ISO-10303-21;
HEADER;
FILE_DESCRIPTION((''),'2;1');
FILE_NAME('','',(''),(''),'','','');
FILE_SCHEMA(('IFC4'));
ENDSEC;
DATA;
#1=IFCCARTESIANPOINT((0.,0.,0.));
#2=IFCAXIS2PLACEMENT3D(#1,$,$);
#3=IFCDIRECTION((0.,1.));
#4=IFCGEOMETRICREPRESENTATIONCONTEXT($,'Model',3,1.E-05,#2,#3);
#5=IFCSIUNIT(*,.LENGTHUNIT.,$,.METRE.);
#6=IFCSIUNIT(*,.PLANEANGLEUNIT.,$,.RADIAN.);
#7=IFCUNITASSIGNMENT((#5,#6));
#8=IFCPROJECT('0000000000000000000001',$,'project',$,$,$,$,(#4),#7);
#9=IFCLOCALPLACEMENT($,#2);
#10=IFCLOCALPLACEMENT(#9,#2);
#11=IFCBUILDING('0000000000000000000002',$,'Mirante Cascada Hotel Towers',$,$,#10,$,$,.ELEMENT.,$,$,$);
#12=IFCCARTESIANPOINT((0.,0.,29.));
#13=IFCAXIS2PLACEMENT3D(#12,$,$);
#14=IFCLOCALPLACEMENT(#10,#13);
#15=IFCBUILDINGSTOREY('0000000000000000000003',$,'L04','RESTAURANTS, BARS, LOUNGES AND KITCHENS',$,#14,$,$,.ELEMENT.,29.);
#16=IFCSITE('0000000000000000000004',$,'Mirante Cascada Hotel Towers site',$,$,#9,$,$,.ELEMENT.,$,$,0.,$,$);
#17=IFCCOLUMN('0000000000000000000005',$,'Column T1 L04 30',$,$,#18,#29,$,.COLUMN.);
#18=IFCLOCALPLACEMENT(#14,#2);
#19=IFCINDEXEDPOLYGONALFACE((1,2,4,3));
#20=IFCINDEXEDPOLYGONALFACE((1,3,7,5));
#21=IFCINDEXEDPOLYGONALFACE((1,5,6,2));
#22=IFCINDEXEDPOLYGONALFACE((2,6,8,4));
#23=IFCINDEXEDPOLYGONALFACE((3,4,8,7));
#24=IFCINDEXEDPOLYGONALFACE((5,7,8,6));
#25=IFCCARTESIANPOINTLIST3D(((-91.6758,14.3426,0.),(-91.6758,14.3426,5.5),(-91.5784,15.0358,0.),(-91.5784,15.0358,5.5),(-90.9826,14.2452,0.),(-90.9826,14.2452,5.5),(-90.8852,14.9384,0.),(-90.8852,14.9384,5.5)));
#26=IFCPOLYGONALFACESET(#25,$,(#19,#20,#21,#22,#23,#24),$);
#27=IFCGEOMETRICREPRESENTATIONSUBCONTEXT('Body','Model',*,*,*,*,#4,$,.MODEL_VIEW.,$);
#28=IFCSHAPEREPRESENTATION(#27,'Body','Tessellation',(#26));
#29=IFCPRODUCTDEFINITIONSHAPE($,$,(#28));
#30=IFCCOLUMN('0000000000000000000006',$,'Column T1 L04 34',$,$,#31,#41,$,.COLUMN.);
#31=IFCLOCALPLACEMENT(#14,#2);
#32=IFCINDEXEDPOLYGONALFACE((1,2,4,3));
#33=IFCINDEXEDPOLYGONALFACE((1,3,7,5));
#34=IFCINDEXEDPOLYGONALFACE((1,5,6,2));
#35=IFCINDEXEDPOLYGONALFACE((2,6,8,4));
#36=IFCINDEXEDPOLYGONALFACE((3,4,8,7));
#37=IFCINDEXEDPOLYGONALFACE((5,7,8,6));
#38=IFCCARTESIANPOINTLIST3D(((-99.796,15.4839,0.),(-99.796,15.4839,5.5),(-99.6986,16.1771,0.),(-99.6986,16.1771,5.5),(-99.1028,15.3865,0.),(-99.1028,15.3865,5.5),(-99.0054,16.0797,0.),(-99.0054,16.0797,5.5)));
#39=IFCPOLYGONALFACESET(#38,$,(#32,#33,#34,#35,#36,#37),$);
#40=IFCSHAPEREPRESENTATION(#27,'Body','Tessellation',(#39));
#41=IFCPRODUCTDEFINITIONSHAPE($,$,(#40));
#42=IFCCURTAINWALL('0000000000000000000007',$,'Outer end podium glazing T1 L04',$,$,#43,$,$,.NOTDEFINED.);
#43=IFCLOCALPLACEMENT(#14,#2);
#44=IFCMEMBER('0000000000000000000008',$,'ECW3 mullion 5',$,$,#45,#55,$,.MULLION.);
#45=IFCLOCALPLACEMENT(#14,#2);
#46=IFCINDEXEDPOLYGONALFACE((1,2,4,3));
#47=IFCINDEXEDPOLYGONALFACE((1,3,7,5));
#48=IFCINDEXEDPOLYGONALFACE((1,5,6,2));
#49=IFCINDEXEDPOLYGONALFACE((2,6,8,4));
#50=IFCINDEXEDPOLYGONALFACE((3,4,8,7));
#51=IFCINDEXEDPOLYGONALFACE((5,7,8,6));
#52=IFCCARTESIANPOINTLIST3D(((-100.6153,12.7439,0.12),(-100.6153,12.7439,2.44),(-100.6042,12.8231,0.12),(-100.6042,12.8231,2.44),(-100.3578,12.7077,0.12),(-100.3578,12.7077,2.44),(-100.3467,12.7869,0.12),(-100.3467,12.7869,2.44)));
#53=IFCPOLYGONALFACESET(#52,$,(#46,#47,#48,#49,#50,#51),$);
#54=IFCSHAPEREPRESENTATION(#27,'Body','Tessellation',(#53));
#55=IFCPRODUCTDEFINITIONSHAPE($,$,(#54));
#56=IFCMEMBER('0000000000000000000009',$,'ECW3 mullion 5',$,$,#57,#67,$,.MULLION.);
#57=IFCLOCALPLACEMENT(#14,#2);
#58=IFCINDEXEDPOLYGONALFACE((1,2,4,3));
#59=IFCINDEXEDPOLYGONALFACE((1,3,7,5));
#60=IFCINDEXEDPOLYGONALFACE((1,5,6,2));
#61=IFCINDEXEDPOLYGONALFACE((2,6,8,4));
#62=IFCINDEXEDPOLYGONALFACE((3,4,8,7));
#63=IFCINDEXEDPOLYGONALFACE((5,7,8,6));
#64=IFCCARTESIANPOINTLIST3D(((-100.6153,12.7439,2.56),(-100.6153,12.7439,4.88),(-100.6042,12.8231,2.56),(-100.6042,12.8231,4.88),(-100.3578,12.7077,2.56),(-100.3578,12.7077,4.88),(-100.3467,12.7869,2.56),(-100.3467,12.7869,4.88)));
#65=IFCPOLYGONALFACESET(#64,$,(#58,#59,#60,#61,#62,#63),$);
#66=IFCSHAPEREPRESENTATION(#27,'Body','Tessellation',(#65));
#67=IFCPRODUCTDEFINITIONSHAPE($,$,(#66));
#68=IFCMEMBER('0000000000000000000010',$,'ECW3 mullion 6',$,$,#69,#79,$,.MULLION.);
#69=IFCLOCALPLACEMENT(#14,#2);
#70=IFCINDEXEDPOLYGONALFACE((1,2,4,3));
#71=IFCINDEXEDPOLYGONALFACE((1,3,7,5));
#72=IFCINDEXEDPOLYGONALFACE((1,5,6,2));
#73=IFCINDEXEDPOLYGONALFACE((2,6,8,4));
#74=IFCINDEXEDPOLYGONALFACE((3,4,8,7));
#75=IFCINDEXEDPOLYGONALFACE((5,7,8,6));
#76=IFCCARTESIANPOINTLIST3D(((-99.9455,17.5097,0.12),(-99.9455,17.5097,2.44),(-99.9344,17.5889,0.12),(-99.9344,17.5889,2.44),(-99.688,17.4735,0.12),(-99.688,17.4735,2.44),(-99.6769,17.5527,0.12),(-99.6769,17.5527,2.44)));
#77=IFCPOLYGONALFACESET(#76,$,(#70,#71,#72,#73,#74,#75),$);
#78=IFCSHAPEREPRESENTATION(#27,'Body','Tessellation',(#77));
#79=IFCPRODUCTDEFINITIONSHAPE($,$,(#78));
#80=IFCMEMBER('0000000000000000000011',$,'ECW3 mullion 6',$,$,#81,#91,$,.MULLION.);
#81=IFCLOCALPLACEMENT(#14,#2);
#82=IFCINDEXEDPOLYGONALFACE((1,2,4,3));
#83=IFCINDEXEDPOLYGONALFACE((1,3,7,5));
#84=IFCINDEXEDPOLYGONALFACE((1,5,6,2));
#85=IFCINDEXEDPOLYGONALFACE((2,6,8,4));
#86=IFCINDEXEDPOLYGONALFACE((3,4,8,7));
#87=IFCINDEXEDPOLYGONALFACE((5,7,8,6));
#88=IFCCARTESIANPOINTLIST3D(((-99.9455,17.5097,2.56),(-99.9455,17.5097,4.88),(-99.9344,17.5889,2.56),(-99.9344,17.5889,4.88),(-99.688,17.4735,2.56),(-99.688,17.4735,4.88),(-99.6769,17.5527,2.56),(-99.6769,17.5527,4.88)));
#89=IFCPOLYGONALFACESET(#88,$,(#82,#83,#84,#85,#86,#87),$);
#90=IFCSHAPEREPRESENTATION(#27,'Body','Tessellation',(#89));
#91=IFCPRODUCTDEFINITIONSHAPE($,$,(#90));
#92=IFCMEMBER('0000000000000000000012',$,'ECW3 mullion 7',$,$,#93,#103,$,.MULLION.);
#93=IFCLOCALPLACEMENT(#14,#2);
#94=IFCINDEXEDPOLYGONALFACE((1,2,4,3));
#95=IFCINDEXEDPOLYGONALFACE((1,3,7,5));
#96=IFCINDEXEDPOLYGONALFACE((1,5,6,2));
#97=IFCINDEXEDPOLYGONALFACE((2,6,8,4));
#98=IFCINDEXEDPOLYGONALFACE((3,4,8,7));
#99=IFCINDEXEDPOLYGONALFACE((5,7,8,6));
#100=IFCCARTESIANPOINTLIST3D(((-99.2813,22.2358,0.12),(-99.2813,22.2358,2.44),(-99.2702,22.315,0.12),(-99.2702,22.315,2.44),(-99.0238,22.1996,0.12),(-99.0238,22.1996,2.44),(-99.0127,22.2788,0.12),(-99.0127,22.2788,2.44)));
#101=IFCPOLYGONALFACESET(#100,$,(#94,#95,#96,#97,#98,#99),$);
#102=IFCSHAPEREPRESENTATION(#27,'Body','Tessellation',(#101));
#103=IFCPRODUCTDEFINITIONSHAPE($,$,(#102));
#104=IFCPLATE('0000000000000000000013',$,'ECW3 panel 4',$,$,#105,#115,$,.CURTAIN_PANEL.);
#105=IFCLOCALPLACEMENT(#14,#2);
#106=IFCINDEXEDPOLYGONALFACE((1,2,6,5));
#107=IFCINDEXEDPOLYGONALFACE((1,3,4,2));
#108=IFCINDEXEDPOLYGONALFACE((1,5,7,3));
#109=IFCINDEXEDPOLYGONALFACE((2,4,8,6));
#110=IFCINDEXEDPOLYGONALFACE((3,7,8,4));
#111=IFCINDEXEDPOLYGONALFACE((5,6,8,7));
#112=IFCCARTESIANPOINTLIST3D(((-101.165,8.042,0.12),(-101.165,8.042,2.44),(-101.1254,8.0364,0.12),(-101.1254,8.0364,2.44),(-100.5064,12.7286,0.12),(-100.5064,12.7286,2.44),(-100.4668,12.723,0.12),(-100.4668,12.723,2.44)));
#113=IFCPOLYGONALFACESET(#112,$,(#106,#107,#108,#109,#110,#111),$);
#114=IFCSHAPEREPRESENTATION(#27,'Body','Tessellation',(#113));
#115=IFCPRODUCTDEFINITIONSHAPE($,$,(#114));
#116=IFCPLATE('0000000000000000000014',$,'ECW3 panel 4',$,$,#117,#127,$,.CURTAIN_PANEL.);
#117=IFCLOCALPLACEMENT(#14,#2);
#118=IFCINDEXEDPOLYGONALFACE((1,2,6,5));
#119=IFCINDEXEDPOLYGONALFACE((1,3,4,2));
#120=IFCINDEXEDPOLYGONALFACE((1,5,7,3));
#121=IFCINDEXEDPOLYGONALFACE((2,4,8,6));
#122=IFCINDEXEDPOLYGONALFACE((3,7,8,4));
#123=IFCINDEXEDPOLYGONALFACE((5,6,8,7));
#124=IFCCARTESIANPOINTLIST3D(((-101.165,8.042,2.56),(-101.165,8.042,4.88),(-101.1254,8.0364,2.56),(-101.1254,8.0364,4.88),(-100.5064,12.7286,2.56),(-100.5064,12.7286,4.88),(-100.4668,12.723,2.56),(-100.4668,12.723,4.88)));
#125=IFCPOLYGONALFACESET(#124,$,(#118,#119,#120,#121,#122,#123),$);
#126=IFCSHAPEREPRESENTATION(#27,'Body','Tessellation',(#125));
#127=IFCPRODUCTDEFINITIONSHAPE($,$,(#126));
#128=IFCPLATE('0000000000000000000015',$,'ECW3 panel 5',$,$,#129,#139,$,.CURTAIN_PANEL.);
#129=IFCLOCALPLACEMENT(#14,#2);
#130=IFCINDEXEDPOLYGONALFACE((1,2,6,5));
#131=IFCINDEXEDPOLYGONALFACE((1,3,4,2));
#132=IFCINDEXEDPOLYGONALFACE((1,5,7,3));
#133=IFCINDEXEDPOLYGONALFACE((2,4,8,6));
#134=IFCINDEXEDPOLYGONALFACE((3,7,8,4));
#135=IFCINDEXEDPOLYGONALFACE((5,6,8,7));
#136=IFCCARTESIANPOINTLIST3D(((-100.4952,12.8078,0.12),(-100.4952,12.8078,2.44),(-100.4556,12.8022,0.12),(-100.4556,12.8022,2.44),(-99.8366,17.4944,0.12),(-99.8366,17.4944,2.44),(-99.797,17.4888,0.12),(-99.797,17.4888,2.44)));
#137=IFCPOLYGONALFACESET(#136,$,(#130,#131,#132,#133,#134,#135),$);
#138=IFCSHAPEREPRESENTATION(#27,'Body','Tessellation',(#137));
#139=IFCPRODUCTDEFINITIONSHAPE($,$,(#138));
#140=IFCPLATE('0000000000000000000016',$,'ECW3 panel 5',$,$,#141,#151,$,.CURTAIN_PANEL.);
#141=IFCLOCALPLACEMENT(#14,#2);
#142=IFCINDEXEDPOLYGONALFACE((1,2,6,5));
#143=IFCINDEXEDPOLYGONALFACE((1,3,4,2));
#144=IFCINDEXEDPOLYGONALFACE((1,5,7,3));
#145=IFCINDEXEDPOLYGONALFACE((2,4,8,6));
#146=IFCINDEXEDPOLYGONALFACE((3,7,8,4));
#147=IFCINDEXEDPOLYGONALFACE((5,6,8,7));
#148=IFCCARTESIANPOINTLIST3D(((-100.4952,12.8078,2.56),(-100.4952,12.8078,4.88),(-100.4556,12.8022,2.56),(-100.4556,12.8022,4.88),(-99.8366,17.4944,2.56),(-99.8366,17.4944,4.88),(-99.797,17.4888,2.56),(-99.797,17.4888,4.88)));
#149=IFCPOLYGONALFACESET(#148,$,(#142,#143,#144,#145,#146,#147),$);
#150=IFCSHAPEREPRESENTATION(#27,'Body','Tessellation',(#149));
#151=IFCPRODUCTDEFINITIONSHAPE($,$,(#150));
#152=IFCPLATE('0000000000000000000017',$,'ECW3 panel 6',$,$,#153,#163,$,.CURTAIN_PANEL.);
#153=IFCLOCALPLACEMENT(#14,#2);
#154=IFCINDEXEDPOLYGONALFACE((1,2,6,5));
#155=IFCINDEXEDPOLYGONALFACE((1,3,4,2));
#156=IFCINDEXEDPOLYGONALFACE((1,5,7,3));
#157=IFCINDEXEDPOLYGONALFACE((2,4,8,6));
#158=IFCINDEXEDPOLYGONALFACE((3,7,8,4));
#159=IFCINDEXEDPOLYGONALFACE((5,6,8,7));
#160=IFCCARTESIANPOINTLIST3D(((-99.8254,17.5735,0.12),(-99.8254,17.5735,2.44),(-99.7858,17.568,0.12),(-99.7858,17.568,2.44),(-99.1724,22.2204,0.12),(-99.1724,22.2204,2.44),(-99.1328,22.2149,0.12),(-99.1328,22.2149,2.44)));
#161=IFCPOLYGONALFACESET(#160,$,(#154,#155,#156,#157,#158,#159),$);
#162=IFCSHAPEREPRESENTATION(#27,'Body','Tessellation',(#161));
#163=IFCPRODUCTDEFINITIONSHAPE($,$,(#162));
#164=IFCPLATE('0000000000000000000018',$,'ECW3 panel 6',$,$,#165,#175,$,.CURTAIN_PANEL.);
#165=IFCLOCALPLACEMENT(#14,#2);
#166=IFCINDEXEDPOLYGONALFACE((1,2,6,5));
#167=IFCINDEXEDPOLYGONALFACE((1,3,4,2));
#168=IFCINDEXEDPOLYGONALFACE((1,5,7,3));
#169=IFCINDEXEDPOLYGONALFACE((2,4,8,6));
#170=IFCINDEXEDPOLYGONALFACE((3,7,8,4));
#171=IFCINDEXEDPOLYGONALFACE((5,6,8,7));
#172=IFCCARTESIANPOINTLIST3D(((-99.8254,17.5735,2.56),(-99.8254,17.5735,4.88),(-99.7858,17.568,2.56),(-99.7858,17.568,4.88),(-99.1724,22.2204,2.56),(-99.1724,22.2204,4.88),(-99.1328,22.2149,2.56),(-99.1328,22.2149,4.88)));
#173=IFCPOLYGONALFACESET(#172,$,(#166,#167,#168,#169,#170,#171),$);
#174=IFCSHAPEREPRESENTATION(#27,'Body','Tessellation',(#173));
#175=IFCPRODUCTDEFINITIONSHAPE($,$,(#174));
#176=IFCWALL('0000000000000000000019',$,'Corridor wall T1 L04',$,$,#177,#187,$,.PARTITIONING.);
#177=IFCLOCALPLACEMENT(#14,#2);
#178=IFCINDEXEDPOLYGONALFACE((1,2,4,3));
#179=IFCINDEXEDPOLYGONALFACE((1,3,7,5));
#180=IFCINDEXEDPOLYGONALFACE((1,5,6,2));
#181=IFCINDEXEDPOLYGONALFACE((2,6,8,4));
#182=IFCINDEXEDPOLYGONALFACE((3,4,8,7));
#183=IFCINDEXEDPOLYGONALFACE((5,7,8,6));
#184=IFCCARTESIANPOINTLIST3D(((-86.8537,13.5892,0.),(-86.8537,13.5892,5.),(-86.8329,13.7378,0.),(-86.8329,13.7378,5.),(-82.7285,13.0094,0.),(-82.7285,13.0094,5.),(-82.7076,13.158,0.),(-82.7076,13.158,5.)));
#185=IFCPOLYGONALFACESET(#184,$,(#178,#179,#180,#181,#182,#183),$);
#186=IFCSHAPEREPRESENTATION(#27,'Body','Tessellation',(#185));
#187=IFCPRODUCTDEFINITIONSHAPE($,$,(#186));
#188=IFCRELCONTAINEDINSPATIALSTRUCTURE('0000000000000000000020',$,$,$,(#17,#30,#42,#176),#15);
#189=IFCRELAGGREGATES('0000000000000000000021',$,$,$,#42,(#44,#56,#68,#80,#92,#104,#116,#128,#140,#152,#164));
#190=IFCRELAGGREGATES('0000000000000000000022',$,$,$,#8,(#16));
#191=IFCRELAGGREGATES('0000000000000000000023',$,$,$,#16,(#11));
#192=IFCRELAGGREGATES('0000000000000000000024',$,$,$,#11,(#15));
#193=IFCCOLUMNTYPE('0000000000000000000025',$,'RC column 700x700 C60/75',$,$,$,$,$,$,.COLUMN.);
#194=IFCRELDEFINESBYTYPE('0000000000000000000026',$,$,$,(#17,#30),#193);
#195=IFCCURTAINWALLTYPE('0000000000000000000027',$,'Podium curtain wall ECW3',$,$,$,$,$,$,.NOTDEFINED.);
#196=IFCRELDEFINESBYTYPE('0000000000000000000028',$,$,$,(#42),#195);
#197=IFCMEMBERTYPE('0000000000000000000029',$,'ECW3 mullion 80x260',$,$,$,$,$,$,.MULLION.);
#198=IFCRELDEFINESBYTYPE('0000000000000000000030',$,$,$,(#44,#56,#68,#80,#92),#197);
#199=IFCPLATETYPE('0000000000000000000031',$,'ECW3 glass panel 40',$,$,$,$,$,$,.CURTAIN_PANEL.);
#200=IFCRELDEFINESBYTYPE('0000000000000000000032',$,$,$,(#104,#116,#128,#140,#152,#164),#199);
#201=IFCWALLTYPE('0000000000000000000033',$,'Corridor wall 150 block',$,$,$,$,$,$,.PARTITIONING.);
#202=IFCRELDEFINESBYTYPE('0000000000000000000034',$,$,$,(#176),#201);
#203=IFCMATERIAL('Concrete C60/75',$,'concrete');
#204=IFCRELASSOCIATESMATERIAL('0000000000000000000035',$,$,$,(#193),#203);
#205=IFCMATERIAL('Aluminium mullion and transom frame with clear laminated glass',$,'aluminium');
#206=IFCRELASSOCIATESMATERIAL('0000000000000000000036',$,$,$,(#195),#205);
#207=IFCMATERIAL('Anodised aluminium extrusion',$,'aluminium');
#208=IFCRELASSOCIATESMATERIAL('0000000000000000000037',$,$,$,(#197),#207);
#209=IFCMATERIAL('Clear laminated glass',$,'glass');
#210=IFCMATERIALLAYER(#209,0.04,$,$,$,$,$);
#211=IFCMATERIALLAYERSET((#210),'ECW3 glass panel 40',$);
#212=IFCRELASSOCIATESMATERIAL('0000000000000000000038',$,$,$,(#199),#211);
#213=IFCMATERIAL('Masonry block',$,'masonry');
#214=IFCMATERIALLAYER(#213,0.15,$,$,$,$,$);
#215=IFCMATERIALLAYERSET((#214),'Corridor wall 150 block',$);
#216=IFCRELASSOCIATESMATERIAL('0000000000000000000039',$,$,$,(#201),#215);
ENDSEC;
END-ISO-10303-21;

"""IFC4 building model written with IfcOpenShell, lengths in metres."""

from ifc_helpers import new_model, si_unit, direction, frame, frame_2d, origin, origin_2d, place, context, subcontext, project, spatial, rectangle, extrude, material, layer, layer_set, material_profile, profile_set, type_object, element, aggregate, save


model = new_model("IFC4")

# Units and contexts
model_context = context("Model", 3, precision=1e-05, world=origin(), true_north=direction((0.0, 1.0)))
body_context = subcontext(model_context, "Body", "Model", "MODEL_VIEW")
ifc_project = project(units=[si_unit("LENGTHUNIT", "METRE"), si_unit("PLANEANGLEUNIT", "RADIAN")], contexts=[model_context])

# Site, building, storey
site_placement = place(None, origin())
site = spatial("IfcSite", under=ifc_project, at=site_placement, Name="Mirante Cascada Hotel Towers site", CompositionType="ELEMENT", RefElevation=0.0)
building_placement = place(site_placement, origin())
building = spatial("IfcBuilding", under=site, at=building_placement, Name="Mirante Cascada Hotel Towers", CompositionType="ELEMENT")
storey_placement = place(building_placement, frame((0.0, 0.0, 29.0)))
storey = spatial("IfcBuildingStorey", under=building, at=storey_placement, Name="L04", Description="RESTAURANTS, BARS, LOUNGES AND KITCHENS", CompositionType="ELEMENT", Elevation=29.0)

# Columns
ifc_material_1 = material(Name="Concrete C60/75", Category="concrete")
ifc_material_profile_1 = material_profile(ifc_material_1, rectangle(XDim=0.7, YDim=0.7, at=origin_2d()), Name="RC column 700x700 C60/75")
ifc_profile_set_1 = profile_set([ifc_material_profile_1], Name="Concrete C60/75")
column_type = type_object("IfcColumnType", Name="RC column 700x700 C60/75", PredefinedType="COLUMN", material=ifc_profile_set_1)
for number, where, z_axis, x_axis, name in (
    (1, (-91.2805, 14.6405, 0.0), (0.0, 0.0, 1.0), (-0.990268, 0.139173, 0.0), "Column T1 L04 30"),
    (2, (-99.4007, 15.7818, 0.0), (0.0, 0.0, 1.0), (-0.990268, 0.139173, 0.0), "Column T1 L04 34"),
):
    element("IfcColumn", number, at=place(storey_placement, frame(where, z_axis=z_axis, x_axis=x_axis)), inside=storey, type_object=column_type, Name=name, PredefinedType="COLUMN", context=body_context, shape_type="SweptSolid", body=[
        extrude(rectangle(XDim=0.7, YDim=0.7, at=origin_2d()), origin(), (0.0, 0.0, 1.0), 5.5),
    ])

# Curtain wall, members, plates
ifc_material_2 = material(Name="Aluminium mullion and transom frame with clear laminated glass", Category="aluminium")
curtain_wall_type = type_object("IfcCurtainWallType", Name="Podium curtain wall ECW3", PredefinedType="NOTDEFINED", material=ifc_material_2)
curtain_wall_placement = place(storey_placement, origin())
curtain_wall = element("IfcCurtainWall", 3, at=curtain_wall_placement, inside=storey, type_object=curtain_wall_type, Name="Outer end podium glazing T1 L04", PredefinedType="NOTDEFINED")
ifc_material_3 = material(Name="Anodised aluminium extrusion", Category="aluminium")
ifc_material_profile_2 = material_profile(ifc_material_3, rectangle(XDim=0.26, YDim=0.08, at=origin_2d()), Name="ECW3 MULLION 80x260")
ifc_profile_set_2 = profile_set([ifc_material_profile_2], Name="Anodised aluminium extrusion")
member_type = type_object("IfcMemberType", Name="ECW3 mullion 80x260", PredefinedType="MULLION", material=ifc_profile_set_2)
member_1_placement = place(storey_placement, frame((-100.481, 12.7654, 0.12), z_axis=(0.0, 0.0, 1.0), x_axis=(-0.990268, 0.139173, 0.0)))
member_1 = element("IfcMember", 4, at=member_1_placement, type_object=member_type, Name="ECW3 mullion 5", PredefinedType="MULLION", context=body_context, shape_type="SweptSolid", body=[
    extrude(rectangle(XDim=0.26, YDim=0.08, at=origin_2d()), origin(), (0.0, 0.0, 1.0), 2.32),
])
member_2_placement = place(storey_placement, frame((-100.481, 12.7654, 2.56), z_axis=(0.0, 0.0, 1.0), x_axis=(-0.990268, 0.139173, 0.0)))
member_2 = element("IfcMember", 5, at=member_2_placement, type_object=member_type, Name="ECW3 mullion 5", PredefinedType="MULLION", context=body_context, shape_type="SweptSolid", body=[
    extrude(rectangle(XDim=0.26, YDim=0.08, at=origin_2d()), origin(), (0.0, 0.0, 1.0), 2.32),
])
member_3_placement = place(storey_placement, frame((-99.8112, 17.5312, 0.12), z_axis=(0.0, 0.0, 1.0), x_axis=(-0.990268, 0.139173, 0.0)))
member_3 = element("IfcMember", 6, at=member_3_placement, type_object=member_type, Name="ECW3 mullion 6", PredefinedType="MULLION", context=body_context, shape_type="SweptSolid", body=[
    extrude(rectangle(XDim=0.26, YDim=0.08, at=origin_2d()), origin(), (0.0, 0.0, 1.0), 2.32),
])
member_4_placement = place(storey_placement, frame((-99.8112, 17.5312, 2.56), z_axis=(0.0, 0.0, 1.0), x_axis=(-0.990268, 0.139173, 0.0)))
member_4 = element("IfcMember", 7, at=member_4_placement, type_object=member_type, Name="ECW3 mullion 6", PredefinedType="MULLION", context=body_context, shape_type="SweptSolid", body=[
    extrude(rectangle(XDim=0.26, YDim=0.08, at=origin_2d()), origin(), (0.0, 0.0, 1.0), 2.32),
])
member_5_placement = place(storey_placement, frame((-99.147, 22.2573, 0.12), z_axis=(0.0, 0.0, 1.0), x_axis=(-0.990268, 0.139173, 0.0)))
member_5 = element("IfcMember", 8, at=member_5_placement, type_object=member_type, Name="ECW3 mullion 7", PredefinedType="MULLION", context=body_context, shape_type="SweptSolid", body=[
    extrude(rectangle(XDim=0.26, YDim=0.08, at=origin_2d()), origin(), (0.0, 0.0, 1.0), 2.32),
])
ifc_material_4 = material(Name="Clear laminated glass", Category="glass")
ifc_layer_1 = layer(ifc_material_4, 0.04)
ifc_layer_set_1 = layer_set([ifc_layer_1], Name="ECW3 glass panel 40")
plate_type = type_object("IfcPlateType", Name="ECW3 glass panel 40", PredefinedType="CURTAIN_PANEL", material=ifc_layer_set_1)
plate_1_placement = place(storey_placement, frame((-100.8159, 10.3825, 0.12), z_axis=(0.0, 0.0, 1.0), x_axis=(0.139173, 0.990268, 0.0)))
plate_1 = element("IfcPlate", 9, at=plate_1_placement, type_object=plate_type, Name="ECW3 panel 4", PredefinedType="CURTAIN_PANEL", context=body_context, shape_type="SweptSolid", body=[
    extrude(rectangle(XDim=4.7326, YDim=0.04, at=origin_2d()), origin(), (0.0, 0.0, 1.0), 2.32),
])
plate_2_placement = place(storey_placement, frame((-100.8159, 10.3825, 2.56), z_axis=(0.0, 0.0, 1.0), x_axis=(0.139173, 0.990268, 0.0)))
plate_2 = element("IfcPlate", 10, at=plate_2_placement, type_object=plate_type, Name="ECW3 panel 4", PredefinedType="CURTAIN_PANEL", context=body_context, shape_type="SweptSolid", body=[
    extrude(rectangle(XDim=4.7326, YDim=0.04, at=origin_2d()), origin(), (0.0, 0.0, 1.0), 2.32),
])
plate_3_placement = place(storey_placement, frame((-100.1461, 15.1483, 0.12), z_axis=(0.0, 0.0, 1.0), x_axis=(0.139173, 0.990268, 0.0)))
plate_3 = element("IfcPlate", 11, at=plate_3_placement, type_object=plate_type, Name="ECW3 panel 5", PredefinedType="CURTAIN_PANEL", context=body_context, shape_type="SweptSolid", body=[
    extrude(rectangle(XDim=4.7326, YDim=0.04, at=origin_2d()), origin(), (0.0, 0.0, 1.0), 2.32),
])
plate_4_placement = place(storey_placement, frame((-100.1461, 15.1483, 2.56), z_axis=(0.0, 0.0, 1.0), x_axis=(0.139173, 0.990268, 0.0)))
plate_4 = element("IfcPlate", 12, at=plate_4_placement, type_object=plate_type, Name="ECW3 panel 5", PredefinedType="CURTAIN_PANEL", context=body_context, shape_type="SweptSolid", body=[
    extrude(rectangle(XDim=4.7326, YDim=0.04, at=origin_2d()), origin(), (0.0, 0.0, 1.0), 2.32),
])
plate_5_placement = place(storey_placement, frame((-99.4791, 19.8942, 0.12), z_axis=(0.0, 0.0, 1.0), x_axis=(0.139173, 0.990268, 0.0)))
plate_5 = element("IfcPlate", 13, at=plate_5_placement, type_object=plate_type, Name="ECW3 panel 6", PredefinedType="CURTAIN_PANEL", context=body_context, shape_type="SweptSolid", body=[
    extrude(rectangle(XDim=4.6926, YDim=0.04, at=origin_2d()), origin(), (0.0, 0.0, 1.0), 2.32),
])
plate_6_placement = place(storey_placement, frame((-99.4791, 19.8942, 2.56), z_axis=(0.0, 0.0, 1.0), x_axis=(0.139173, 0.990268, 0.0)))
plate_6 = element("IfcPlate", 14, at=plate_6_placement, type_object=plate_type, Name="ECW3 panel 6", PredefinedType="CURTAIN_PANEL", context=body_context, shape_type="SweptSolid", body=[
    extrude(rectangle(XDim=4.6926, YDim=0.04, at=origin_2d()), origin(), (0.0, 0.0, 1.0), 2.32),
])
aggregate(curtain_wall, [member_1, member_2, member_3, member_4, member_5, plate_1, plate_2, plate_3, plate_4, plate_5, plate_6])

# Wall
ifc_material_5 = material(Name="Masonry block", Category="masonry")
ifc_layer_2 = layer(ifc_material_5, 0.15)
ifc_layer_set_2 = layer_set([ifc_layer_2], Name="Corridor wall 150 block")
wall_type_1 = type_object("IfcWallType", Name="Corridor wall 150 block", PredefinedType="PARTITIONING", material=ifc_layer_set_2)
wall_1_placement = place(storey_placement, frame((-86.8433, 13.6635, 0.0), z_axis=(0.0, 0.0, 1.0), x_axis=(0.990267, -0.139179, 0.0)))
element("IfcWall", 15, at=wall_1_placement, inside=storey, type_object=wall_type_1, Name="Corridor wall T1 L04", PredefinedType="PARTITIONING", context=body_context, shape_type="SweptSolid", body=[
    extrude(rectangle(XDim=4.1658, YDim=0.15, at=frame_2d((2.0829, 0.0))), origin(), (0.0, 0.0, 1.0), 5.0),
])

save(model, "model.ifc")
